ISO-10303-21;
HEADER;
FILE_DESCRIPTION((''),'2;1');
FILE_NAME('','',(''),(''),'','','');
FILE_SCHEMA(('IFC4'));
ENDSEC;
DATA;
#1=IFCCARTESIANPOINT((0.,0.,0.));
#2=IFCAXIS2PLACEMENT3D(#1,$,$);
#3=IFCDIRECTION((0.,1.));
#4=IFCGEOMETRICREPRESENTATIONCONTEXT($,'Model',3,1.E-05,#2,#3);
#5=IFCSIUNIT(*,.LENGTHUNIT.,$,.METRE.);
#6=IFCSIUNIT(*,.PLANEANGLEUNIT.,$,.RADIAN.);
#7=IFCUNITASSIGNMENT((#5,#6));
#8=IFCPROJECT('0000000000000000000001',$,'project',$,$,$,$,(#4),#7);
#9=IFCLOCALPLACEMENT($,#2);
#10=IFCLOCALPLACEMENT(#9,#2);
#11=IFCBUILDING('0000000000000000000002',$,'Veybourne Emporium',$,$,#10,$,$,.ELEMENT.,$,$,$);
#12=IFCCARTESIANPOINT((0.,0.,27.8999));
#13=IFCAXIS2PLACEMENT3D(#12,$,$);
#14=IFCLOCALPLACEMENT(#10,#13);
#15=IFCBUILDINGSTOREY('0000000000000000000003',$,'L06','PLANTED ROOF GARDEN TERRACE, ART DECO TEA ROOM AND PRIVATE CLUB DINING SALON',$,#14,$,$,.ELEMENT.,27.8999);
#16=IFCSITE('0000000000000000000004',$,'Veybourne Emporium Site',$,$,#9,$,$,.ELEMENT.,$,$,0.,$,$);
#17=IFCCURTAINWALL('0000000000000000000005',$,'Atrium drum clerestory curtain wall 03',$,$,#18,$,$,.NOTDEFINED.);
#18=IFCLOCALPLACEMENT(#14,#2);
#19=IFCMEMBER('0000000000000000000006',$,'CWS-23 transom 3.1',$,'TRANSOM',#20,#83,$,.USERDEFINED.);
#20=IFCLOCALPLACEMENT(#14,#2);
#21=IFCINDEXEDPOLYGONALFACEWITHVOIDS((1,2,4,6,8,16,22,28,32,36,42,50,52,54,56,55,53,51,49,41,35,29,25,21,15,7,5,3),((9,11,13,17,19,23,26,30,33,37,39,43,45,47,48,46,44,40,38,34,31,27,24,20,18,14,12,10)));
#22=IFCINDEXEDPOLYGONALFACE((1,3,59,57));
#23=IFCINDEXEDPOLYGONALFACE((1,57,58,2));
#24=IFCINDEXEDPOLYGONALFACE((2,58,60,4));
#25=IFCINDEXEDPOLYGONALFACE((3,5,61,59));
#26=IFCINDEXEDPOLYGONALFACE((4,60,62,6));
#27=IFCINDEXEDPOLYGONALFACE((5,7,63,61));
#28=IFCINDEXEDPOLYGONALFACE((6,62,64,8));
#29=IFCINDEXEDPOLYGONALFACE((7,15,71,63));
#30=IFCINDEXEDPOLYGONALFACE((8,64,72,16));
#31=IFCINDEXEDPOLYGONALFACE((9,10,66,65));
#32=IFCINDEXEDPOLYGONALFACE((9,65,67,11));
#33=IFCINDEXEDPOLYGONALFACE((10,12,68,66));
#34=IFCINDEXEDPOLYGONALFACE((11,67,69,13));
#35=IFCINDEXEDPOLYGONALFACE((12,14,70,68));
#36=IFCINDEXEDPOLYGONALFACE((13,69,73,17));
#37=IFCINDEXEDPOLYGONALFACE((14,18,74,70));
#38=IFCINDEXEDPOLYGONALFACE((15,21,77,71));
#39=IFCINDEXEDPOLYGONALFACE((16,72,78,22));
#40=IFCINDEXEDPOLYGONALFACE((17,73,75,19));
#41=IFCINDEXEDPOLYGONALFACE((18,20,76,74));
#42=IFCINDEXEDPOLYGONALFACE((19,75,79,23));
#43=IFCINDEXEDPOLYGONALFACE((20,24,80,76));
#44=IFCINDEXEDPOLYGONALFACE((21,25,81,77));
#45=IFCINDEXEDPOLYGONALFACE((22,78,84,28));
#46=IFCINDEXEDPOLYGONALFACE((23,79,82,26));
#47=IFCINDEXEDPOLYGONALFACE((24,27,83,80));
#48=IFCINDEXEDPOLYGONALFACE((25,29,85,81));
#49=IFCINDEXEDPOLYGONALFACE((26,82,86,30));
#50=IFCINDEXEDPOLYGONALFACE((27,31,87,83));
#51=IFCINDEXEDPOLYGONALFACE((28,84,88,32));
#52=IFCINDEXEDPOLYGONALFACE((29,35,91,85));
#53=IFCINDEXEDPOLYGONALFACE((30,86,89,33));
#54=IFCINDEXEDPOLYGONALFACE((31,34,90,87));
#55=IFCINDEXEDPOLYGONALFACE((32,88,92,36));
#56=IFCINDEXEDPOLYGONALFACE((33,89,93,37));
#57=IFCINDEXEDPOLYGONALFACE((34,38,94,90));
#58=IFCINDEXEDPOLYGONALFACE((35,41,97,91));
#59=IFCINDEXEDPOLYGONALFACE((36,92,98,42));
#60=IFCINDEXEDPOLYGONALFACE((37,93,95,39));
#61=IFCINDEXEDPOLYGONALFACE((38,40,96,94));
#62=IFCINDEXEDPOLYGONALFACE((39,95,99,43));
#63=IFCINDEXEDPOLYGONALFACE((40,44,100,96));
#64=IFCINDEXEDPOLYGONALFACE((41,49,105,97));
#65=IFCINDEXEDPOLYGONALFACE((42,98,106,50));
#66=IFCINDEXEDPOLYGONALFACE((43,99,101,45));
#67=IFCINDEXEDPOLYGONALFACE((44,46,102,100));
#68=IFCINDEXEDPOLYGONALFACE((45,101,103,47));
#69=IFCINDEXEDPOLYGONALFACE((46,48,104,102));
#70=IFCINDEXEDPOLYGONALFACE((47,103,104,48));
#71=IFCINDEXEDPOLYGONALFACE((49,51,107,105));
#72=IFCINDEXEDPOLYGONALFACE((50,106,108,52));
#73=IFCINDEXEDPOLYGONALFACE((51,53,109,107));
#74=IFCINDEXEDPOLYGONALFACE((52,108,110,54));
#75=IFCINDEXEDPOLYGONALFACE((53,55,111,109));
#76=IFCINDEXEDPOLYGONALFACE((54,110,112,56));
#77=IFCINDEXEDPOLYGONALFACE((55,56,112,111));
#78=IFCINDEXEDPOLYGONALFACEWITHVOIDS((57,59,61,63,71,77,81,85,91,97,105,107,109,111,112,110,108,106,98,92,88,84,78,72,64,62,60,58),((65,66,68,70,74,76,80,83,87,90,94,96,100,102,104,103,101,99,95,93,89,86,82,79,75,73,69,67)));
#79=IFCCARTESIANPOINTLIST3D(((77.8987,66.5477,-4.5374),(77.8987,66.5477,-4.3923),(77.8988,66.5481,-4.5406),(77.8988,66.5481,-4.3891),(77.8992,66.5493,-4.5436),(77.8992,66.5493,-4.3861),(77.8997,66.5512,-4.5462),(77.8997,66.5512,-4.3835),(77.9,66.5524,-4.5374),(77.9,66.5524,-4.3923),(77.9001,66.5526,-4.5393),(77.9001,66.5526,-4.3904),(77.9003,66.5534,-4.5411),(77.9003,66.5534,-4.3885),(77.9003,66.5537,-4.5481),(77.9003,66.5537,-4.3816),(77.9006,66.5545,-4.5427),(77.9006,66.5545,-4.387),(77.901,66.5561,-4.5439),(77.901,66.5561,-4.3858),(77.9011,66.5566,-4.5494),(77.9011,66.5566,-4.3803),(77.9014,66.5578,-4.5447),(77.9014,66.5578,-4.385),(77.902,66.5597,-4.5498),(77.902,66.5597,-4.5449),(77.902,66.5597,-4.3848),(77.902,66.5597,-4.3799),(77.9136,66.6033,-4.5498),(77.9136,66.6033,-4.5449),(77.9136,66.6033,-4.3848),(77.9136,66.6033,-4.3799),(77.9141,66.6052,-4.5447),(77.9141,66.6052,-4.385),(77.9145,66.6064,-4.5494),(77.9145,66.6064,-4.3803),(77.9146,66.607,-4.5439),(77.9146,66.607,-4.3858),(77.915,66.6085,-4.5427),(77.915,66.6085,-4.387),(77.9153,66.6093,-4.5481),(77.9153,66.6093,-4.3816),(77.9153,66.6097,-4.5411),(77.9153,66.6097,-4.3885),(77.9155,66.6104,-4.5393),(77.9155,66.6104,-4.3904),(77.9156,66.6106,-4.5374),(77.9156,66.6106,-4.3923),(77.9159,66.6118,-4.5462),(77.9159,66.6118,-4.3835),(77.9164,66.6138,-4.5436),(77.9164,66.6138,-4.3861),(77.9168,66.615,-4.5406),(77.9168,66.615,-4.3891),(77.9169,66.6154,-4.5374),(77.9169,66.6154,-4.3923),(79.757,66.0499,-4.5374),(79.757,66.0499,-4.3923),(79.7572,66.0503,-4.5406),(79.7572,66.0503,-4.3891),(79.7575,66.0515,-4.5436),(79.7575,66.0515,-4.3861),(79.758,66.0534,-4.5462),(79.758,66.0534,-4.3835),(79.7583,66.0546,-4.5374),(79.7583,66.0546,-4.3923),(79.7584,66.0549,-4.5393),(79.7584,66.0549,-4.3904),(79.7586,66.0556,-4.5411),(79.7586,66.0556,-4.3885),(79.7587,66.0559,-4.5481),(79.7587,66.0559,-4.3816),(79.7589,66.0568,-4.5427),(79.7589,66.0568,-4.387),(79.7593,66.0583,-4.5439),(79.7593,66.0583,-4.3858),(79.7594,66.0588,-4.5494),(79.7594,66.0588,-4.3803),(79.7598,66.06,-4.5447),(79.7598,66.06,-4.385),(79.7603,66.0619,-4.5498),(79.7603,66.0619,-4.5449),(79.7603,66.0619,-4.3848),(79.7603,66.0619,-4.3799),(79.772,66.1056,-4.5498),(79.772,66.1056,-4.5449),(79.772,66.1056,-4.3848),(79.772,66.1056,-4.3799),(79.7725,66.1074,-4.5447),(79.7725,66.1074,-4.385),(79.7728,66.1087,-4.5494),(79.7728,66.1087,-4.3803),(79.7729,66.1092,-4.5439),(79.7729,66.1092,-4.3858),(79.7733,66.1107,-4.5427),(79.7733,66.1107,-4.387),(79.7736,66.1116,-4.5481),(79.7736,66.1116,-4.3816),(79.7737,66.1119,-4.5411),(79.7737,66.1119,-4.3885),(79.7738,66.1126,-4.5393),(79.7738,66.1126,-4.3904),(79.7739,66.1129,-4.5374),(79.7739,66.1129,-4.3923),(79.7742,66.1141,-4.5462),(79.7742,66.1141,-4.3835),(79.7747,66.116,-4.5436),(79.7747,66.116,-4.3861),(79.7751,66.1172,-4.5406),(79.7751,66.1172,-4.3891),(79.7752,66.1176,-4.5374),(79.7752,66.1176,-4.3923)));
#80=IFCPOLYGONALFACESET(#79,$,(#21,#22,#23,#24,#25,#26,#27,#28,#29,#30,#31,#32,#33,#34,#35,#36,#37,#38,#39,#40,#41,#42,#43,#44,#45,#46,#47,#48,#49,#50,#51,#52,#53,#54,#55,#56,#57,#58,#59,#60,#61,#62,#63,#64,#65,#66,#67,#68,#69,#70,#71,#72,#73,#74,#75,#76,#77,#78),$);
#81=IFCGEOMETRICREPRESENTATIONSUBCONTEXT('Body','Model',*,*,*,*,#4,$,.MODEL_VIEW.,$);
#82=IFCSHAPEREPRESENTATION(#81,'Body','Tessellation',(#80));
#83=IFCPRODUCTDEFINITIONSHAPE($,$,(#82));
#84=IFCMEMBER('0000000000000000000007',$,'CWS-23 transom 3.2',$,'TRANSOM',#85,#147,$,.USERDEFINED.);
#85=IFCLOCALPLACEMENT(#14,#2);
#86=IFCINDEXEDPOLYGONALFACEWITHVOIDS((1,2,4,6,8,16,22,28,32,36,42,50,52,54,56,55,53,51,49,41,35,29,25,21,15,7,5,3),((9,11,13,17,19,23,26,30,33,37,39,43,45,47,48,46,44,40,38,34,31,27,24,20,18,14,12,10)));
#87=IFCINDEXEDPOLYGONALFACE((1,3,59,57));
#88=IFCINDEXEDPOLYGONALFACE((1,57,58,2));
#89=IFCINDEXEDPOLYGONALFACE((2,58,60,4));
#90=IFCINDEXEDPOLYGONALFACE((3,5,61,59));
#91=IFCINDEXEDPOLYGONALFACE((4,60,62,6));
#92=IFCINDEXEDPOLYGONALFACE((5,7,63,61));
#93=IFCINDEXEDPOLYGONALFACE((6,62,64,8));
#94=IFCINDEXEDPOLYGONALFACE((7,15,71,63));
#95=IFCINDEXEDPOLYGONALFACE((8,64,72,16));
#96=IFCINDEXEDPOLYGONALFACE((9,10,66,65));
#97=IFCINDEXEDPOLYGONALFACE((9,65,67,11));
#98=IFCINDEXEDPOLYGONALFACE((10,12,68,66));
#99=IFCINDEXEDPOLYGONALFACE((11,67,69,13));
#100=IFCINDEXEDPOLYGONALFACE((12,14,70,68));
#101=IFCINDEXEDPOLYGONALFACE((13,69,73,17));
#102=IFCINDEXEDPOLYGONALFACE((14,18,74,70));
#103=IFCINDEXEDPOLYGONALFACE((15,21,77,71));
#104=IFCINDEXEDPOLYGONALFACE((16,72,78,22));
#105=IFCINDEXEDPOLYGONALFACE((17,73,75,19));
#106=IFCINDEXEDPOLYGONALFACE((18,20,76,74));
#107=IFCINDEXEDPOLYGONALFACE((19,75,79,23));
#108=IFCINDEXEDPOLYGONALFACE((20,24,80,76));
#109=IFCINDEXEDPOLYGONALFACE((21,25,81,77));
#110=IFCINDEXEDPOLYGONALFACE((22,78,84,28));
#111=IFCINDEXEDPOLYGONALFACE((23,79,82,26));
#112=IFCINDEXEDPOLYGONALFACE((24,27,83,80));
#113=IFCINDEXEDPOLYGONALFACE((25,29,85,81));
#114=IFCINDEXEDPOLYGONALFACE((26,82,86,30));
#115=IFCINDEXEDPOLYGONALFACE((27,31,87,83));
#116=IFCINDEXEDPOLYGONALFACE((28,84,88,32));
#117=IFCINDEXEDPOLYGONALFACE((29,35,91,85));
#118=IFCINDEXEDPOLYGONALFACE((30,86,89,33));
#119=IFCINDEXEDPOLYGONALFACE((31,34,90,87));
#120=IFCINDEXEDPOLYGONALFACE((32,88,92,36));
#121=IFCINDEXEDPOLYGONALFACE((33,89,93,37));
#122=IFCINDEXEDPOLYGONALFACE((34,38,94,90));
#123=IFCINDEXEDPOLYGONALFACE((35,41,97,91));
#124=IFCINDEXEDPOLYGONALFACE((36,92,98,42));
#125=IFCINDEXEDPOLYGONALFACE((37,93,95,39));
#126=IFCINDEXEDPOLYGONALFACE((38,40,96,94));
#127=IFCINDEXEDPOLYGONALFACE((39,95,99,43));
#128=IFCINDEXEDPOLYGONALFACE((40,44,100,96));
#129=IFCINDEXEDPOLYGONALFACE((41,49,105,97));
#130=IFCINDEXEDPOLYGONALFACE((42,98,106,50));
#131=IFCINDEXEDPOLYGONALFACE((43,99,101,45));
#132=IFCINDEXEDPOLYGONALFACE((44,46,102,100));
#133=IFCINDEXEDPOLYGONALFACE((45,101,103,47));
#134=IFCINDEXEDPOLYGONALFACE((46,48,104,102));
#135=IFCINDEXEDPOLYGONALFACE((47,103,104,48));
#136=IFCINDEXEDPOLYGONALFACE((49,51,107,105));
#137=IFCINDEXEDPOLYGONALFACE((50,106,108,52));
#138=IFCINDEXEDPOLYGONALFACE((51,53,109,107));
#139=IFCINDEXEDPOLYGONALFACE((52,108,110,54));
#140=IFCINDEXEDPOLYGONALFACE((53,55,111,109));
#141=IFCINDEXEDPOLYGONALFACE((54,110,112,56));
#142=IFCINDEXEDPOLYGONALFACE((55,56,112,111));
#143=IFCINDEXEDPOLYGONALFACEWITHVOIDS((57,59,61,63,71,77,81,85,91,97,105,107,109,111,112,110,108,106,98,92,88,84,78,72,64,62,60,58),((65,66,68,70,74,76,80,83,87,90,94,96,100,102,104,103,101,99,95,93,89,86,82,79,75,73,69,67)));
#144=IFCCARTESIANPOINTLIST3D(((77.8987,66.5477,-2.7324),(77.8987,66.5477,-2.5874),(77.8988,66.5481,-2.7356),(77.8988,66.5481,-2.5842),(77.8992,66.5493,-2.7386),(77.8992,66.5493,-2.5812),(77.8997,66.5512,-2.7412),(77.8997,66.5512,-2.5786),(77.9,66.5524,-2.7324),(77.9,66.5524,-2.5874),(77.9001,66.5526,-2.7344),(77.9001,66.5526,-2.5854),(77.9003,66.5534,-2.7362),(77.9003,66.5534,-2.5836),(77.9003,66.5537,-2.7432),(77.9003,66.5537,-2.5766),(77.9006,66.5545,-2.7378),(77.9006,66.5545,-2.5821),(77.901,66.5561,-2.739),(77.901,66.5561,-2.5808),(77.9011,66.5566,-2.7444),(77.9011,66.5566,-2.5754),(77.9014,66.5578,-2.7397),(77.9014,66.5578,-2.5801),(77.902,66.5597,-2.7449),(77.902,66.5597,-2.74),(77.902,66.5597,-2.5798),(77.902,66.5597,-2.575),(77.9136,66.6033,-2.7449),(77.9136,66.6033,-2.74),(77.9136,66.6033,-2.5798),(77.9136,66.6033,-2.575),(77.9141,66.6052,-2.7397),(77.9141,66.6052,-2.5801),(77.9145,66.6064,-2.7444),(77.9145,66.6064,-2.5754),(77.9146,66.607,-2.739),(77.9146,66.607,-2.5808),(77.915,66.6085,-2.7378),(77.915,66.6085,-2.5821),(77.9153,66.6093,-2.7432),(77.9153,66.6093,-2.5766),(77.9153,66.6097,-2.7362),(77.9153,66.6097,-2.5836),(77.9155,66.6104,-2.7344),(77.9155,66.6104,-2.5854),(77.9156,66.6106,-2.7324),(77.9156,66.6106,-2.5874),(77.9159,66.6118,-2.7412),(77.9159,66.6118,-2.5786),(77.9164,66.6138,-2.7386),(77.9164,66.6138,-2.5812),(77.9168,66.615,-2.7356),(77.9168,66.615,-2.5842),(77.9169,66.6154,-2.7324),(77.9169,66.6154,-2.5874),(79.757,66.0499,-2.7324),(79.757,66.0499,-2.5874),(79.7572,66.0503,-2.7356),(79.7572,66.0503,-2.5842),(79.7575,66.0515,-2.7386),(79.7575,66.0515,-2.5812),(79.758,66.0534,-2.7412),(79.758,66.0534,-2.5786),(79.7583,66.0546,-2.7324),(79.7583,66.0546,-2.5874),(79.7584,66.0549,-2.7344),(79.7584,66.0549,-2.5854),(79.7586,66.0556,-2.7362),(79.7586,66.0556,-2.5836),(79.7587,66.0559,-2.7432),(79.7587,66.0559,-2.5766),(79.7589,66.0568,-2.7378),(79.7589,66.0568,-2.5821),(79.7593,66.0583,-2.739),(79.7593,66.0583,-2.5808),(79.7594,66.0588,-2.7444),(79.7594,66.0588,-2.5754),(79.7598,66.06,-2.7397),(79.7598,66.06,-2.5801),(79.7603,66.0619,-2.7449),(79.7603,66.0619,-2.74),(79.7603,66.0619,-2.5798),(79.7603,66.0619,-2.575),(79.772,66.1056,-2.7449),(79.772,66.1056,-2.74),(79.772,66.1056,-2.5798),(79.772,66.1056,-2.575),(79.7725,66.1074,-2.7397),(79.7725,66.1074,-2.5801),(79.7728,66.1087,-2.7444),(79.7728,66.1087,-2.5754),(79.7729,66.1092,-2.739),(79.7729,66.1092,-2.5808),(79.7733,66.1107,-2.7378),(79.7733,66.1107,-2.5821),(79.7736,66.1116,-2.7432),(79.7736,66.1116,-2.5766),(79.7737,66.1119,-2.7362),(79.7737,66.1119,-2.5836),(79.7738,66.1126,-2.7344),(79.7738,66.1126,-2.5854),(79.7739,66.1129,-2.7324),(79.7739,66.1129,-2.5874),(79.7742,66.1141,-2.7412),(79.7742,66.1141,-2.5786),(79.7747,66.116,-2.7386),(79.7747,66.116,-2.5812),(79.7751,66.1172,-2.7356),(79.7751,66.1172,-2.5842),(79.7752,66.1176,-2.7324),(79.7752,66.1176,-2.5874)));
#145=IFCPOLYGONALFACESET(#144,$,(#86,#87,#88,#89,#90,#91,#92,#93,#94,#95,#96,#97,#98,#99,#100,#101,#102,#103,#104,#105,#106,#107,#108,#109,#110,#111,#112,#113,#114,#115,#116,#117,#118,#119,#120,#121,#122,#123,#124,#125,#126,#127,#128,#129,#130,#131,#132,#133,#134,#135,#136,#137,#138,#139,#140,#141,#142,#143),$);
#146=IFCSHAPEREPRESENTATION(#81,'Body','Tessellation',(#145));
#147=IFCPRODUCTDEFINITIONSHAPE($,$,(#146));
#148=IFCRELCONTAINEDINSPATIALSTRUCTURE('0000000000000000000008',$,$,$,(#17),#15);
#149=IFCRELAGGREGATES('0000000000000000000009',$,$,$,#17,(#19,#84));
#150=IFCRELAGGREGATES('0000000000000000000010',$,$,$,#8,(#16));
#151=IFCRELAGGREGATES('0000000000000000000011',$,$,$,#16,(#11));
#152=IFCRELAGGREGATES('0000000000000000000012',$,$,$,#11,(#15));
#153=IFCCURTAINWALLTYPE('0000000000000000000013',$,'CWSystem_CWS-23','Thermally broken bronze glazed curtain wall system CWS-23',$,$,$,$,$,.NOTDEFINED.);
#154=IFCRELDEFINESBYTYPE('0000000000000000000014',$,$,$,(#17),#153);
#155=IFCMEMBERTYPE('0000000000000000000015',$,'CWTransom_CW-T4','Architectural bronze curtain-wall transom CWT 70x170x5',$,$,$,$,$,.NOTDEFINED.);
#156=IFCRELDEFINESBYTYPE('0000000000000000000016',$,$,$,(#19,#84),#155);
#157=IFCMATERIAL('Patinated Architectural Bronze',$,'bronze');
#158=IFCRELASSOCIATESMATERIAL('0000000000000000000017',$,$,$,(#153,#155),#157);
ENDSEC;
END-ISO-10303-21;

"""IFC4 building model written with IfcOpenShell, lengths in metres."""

from ifc_helpers import new_model, si_unit, direction, frame, origin, origin_2d, place, context, subcontext, project, spatial, hollow_rectangle, extrude, material, material_profile, profile_set, type_object, element, aggregate, save


model = new_model("IFC4")

# Units and contexts
model_context = context("Model", 3, precision=1e-05, world=origin(), true_north=direction((0.0, 1.0)))
body_context = subcontext(model_context, "Body", "Model", "MODEL_VIEW")
ifc_project = project(units=[si_unit("LENGTHUNIT", "METRE"), si_unit("PLANEANGLEUNIT", "RADIAN")], contexts=[model_context])

# Site, building, storey
site_placement = place(None, origin())
site = spatial("IfcSite", under=ifc_project, at=site_placement, Name="Veybourne Emporium Site", CompositionType="ELEMENT", RefElevation=0.0)
building_placement = place(site_placement, origin())
building = spatial("IfcBuilding", under=site, at=building_placement, Name="Veybourne Emporium", CompositionType="ELEMENT")
storey_placement = place(building_placement, frame((0.0, 0.0, 27.8999)))
storey = spatial("IfcBuildingStorey", under=building, at=storey_placement, Name="L06", Description="PLANTED ROOF GARDEN TERRACE, ART DECO TEA ROOM AND PRIVATE CLUB DINING SALON", CompositionType="ELEMENT", Elevation=27.8999)

# Curtain wall
ifc_material_1 = material(Name="Patinated Architectural Bronze", Category="bronze")
curtain_wall_type_1 = type_object("IfcCurtainWallType", Name="CWSystem_CWS-23", Description="Thermally broken bronze glazed curtain wall system CWS-23", PredefinedType="NOTDEFINED", material=ifc_material_1)
curtain_wall_1_placement = place(storey_placement, origin())
curtain_wall_1 = element("IfcCurtainWall", 1, at=curtain_wall_1_placement, inside=storey, type_object=curtain_wall_type_1, Name="Atrium drum clerestory curtain wall 03", PredefinedType="NOTDEFINED")

# Members
ifc_material_profile_1 = material_profile(ifc_material_1, hollow_rectangle(XDim=0.0701, YDim=0.1699, WallThickness=0.0049, InnerFilletRadius=0.0076, OuterFilletRadius=0.0125, at=origin_2d()), Name="CWT 70x170x5")
ifc_profile_set_1 = profile_set([ifc_material_profile_1], Name="Patinated Architectural Bronze")
member_type_1 = type_object("IfcMemberType", Name="CWTransom_CW-T4", Description="Architectural bronze curtain-wall transom CWT 70x170x5", PredefinedType="NOTDEFINED", material=ifc_profile_set_1)
member_1_placement = place(storey_placement, frame((79.7661, 66.0837, -4.4648), z_axis=(-0.965946, 0.258745, 0.0), x_axis=(-0.258745, -0.965946, 0.0)))
member_1 = element("IfcMember", 2, at=member_1_placement, type_object=member_type_1, Name="CWS-23 transom 3.1", ObjectType="TRANSOM", PredefinedType="USERDEFINED", context=body_context, shape_type="SweptSolid", body=[
    extrude(hollow_rectangle(XDim=0.0701, YDim=0.1699, WallThickness=0.0049, InnerFilletRadius=0.0076, OuterFilletRadius=0.0125, at=origin_2d()), origin(), (0.0, 0.0, 1.0), 1.9238),
])
member_2_placement = place(storey_placement, frame((79.7661, 66.0837, -2.6599), z_axis=(-0.965946, 0.258745, 0.0), x_axis=(-0.258745, -0.965946, 0.0)))
member_2 = element("IfcMember", 3, at=member_2_placement, type_object=member_type_1, Name="CWS-23 transom 3.2", ObjectType="TRANSOM", PredefinedType="USERDEFINED", context=body_context, shape_type="SweptSolid", body=[
    extrude(hollow_rectangle(XDim=0.0701, YDim=0.1699, WallThickness=0.0049, InnerFilletRadius=0.0076, OuterFilletRadius=0.0125, at=origin_2d()), origin(), (0.0, 0.0, 1.0), 1.9238),
])

aggregate(curtain_wall_1, [member_1, member_2])

save(model, "model.ifc")
